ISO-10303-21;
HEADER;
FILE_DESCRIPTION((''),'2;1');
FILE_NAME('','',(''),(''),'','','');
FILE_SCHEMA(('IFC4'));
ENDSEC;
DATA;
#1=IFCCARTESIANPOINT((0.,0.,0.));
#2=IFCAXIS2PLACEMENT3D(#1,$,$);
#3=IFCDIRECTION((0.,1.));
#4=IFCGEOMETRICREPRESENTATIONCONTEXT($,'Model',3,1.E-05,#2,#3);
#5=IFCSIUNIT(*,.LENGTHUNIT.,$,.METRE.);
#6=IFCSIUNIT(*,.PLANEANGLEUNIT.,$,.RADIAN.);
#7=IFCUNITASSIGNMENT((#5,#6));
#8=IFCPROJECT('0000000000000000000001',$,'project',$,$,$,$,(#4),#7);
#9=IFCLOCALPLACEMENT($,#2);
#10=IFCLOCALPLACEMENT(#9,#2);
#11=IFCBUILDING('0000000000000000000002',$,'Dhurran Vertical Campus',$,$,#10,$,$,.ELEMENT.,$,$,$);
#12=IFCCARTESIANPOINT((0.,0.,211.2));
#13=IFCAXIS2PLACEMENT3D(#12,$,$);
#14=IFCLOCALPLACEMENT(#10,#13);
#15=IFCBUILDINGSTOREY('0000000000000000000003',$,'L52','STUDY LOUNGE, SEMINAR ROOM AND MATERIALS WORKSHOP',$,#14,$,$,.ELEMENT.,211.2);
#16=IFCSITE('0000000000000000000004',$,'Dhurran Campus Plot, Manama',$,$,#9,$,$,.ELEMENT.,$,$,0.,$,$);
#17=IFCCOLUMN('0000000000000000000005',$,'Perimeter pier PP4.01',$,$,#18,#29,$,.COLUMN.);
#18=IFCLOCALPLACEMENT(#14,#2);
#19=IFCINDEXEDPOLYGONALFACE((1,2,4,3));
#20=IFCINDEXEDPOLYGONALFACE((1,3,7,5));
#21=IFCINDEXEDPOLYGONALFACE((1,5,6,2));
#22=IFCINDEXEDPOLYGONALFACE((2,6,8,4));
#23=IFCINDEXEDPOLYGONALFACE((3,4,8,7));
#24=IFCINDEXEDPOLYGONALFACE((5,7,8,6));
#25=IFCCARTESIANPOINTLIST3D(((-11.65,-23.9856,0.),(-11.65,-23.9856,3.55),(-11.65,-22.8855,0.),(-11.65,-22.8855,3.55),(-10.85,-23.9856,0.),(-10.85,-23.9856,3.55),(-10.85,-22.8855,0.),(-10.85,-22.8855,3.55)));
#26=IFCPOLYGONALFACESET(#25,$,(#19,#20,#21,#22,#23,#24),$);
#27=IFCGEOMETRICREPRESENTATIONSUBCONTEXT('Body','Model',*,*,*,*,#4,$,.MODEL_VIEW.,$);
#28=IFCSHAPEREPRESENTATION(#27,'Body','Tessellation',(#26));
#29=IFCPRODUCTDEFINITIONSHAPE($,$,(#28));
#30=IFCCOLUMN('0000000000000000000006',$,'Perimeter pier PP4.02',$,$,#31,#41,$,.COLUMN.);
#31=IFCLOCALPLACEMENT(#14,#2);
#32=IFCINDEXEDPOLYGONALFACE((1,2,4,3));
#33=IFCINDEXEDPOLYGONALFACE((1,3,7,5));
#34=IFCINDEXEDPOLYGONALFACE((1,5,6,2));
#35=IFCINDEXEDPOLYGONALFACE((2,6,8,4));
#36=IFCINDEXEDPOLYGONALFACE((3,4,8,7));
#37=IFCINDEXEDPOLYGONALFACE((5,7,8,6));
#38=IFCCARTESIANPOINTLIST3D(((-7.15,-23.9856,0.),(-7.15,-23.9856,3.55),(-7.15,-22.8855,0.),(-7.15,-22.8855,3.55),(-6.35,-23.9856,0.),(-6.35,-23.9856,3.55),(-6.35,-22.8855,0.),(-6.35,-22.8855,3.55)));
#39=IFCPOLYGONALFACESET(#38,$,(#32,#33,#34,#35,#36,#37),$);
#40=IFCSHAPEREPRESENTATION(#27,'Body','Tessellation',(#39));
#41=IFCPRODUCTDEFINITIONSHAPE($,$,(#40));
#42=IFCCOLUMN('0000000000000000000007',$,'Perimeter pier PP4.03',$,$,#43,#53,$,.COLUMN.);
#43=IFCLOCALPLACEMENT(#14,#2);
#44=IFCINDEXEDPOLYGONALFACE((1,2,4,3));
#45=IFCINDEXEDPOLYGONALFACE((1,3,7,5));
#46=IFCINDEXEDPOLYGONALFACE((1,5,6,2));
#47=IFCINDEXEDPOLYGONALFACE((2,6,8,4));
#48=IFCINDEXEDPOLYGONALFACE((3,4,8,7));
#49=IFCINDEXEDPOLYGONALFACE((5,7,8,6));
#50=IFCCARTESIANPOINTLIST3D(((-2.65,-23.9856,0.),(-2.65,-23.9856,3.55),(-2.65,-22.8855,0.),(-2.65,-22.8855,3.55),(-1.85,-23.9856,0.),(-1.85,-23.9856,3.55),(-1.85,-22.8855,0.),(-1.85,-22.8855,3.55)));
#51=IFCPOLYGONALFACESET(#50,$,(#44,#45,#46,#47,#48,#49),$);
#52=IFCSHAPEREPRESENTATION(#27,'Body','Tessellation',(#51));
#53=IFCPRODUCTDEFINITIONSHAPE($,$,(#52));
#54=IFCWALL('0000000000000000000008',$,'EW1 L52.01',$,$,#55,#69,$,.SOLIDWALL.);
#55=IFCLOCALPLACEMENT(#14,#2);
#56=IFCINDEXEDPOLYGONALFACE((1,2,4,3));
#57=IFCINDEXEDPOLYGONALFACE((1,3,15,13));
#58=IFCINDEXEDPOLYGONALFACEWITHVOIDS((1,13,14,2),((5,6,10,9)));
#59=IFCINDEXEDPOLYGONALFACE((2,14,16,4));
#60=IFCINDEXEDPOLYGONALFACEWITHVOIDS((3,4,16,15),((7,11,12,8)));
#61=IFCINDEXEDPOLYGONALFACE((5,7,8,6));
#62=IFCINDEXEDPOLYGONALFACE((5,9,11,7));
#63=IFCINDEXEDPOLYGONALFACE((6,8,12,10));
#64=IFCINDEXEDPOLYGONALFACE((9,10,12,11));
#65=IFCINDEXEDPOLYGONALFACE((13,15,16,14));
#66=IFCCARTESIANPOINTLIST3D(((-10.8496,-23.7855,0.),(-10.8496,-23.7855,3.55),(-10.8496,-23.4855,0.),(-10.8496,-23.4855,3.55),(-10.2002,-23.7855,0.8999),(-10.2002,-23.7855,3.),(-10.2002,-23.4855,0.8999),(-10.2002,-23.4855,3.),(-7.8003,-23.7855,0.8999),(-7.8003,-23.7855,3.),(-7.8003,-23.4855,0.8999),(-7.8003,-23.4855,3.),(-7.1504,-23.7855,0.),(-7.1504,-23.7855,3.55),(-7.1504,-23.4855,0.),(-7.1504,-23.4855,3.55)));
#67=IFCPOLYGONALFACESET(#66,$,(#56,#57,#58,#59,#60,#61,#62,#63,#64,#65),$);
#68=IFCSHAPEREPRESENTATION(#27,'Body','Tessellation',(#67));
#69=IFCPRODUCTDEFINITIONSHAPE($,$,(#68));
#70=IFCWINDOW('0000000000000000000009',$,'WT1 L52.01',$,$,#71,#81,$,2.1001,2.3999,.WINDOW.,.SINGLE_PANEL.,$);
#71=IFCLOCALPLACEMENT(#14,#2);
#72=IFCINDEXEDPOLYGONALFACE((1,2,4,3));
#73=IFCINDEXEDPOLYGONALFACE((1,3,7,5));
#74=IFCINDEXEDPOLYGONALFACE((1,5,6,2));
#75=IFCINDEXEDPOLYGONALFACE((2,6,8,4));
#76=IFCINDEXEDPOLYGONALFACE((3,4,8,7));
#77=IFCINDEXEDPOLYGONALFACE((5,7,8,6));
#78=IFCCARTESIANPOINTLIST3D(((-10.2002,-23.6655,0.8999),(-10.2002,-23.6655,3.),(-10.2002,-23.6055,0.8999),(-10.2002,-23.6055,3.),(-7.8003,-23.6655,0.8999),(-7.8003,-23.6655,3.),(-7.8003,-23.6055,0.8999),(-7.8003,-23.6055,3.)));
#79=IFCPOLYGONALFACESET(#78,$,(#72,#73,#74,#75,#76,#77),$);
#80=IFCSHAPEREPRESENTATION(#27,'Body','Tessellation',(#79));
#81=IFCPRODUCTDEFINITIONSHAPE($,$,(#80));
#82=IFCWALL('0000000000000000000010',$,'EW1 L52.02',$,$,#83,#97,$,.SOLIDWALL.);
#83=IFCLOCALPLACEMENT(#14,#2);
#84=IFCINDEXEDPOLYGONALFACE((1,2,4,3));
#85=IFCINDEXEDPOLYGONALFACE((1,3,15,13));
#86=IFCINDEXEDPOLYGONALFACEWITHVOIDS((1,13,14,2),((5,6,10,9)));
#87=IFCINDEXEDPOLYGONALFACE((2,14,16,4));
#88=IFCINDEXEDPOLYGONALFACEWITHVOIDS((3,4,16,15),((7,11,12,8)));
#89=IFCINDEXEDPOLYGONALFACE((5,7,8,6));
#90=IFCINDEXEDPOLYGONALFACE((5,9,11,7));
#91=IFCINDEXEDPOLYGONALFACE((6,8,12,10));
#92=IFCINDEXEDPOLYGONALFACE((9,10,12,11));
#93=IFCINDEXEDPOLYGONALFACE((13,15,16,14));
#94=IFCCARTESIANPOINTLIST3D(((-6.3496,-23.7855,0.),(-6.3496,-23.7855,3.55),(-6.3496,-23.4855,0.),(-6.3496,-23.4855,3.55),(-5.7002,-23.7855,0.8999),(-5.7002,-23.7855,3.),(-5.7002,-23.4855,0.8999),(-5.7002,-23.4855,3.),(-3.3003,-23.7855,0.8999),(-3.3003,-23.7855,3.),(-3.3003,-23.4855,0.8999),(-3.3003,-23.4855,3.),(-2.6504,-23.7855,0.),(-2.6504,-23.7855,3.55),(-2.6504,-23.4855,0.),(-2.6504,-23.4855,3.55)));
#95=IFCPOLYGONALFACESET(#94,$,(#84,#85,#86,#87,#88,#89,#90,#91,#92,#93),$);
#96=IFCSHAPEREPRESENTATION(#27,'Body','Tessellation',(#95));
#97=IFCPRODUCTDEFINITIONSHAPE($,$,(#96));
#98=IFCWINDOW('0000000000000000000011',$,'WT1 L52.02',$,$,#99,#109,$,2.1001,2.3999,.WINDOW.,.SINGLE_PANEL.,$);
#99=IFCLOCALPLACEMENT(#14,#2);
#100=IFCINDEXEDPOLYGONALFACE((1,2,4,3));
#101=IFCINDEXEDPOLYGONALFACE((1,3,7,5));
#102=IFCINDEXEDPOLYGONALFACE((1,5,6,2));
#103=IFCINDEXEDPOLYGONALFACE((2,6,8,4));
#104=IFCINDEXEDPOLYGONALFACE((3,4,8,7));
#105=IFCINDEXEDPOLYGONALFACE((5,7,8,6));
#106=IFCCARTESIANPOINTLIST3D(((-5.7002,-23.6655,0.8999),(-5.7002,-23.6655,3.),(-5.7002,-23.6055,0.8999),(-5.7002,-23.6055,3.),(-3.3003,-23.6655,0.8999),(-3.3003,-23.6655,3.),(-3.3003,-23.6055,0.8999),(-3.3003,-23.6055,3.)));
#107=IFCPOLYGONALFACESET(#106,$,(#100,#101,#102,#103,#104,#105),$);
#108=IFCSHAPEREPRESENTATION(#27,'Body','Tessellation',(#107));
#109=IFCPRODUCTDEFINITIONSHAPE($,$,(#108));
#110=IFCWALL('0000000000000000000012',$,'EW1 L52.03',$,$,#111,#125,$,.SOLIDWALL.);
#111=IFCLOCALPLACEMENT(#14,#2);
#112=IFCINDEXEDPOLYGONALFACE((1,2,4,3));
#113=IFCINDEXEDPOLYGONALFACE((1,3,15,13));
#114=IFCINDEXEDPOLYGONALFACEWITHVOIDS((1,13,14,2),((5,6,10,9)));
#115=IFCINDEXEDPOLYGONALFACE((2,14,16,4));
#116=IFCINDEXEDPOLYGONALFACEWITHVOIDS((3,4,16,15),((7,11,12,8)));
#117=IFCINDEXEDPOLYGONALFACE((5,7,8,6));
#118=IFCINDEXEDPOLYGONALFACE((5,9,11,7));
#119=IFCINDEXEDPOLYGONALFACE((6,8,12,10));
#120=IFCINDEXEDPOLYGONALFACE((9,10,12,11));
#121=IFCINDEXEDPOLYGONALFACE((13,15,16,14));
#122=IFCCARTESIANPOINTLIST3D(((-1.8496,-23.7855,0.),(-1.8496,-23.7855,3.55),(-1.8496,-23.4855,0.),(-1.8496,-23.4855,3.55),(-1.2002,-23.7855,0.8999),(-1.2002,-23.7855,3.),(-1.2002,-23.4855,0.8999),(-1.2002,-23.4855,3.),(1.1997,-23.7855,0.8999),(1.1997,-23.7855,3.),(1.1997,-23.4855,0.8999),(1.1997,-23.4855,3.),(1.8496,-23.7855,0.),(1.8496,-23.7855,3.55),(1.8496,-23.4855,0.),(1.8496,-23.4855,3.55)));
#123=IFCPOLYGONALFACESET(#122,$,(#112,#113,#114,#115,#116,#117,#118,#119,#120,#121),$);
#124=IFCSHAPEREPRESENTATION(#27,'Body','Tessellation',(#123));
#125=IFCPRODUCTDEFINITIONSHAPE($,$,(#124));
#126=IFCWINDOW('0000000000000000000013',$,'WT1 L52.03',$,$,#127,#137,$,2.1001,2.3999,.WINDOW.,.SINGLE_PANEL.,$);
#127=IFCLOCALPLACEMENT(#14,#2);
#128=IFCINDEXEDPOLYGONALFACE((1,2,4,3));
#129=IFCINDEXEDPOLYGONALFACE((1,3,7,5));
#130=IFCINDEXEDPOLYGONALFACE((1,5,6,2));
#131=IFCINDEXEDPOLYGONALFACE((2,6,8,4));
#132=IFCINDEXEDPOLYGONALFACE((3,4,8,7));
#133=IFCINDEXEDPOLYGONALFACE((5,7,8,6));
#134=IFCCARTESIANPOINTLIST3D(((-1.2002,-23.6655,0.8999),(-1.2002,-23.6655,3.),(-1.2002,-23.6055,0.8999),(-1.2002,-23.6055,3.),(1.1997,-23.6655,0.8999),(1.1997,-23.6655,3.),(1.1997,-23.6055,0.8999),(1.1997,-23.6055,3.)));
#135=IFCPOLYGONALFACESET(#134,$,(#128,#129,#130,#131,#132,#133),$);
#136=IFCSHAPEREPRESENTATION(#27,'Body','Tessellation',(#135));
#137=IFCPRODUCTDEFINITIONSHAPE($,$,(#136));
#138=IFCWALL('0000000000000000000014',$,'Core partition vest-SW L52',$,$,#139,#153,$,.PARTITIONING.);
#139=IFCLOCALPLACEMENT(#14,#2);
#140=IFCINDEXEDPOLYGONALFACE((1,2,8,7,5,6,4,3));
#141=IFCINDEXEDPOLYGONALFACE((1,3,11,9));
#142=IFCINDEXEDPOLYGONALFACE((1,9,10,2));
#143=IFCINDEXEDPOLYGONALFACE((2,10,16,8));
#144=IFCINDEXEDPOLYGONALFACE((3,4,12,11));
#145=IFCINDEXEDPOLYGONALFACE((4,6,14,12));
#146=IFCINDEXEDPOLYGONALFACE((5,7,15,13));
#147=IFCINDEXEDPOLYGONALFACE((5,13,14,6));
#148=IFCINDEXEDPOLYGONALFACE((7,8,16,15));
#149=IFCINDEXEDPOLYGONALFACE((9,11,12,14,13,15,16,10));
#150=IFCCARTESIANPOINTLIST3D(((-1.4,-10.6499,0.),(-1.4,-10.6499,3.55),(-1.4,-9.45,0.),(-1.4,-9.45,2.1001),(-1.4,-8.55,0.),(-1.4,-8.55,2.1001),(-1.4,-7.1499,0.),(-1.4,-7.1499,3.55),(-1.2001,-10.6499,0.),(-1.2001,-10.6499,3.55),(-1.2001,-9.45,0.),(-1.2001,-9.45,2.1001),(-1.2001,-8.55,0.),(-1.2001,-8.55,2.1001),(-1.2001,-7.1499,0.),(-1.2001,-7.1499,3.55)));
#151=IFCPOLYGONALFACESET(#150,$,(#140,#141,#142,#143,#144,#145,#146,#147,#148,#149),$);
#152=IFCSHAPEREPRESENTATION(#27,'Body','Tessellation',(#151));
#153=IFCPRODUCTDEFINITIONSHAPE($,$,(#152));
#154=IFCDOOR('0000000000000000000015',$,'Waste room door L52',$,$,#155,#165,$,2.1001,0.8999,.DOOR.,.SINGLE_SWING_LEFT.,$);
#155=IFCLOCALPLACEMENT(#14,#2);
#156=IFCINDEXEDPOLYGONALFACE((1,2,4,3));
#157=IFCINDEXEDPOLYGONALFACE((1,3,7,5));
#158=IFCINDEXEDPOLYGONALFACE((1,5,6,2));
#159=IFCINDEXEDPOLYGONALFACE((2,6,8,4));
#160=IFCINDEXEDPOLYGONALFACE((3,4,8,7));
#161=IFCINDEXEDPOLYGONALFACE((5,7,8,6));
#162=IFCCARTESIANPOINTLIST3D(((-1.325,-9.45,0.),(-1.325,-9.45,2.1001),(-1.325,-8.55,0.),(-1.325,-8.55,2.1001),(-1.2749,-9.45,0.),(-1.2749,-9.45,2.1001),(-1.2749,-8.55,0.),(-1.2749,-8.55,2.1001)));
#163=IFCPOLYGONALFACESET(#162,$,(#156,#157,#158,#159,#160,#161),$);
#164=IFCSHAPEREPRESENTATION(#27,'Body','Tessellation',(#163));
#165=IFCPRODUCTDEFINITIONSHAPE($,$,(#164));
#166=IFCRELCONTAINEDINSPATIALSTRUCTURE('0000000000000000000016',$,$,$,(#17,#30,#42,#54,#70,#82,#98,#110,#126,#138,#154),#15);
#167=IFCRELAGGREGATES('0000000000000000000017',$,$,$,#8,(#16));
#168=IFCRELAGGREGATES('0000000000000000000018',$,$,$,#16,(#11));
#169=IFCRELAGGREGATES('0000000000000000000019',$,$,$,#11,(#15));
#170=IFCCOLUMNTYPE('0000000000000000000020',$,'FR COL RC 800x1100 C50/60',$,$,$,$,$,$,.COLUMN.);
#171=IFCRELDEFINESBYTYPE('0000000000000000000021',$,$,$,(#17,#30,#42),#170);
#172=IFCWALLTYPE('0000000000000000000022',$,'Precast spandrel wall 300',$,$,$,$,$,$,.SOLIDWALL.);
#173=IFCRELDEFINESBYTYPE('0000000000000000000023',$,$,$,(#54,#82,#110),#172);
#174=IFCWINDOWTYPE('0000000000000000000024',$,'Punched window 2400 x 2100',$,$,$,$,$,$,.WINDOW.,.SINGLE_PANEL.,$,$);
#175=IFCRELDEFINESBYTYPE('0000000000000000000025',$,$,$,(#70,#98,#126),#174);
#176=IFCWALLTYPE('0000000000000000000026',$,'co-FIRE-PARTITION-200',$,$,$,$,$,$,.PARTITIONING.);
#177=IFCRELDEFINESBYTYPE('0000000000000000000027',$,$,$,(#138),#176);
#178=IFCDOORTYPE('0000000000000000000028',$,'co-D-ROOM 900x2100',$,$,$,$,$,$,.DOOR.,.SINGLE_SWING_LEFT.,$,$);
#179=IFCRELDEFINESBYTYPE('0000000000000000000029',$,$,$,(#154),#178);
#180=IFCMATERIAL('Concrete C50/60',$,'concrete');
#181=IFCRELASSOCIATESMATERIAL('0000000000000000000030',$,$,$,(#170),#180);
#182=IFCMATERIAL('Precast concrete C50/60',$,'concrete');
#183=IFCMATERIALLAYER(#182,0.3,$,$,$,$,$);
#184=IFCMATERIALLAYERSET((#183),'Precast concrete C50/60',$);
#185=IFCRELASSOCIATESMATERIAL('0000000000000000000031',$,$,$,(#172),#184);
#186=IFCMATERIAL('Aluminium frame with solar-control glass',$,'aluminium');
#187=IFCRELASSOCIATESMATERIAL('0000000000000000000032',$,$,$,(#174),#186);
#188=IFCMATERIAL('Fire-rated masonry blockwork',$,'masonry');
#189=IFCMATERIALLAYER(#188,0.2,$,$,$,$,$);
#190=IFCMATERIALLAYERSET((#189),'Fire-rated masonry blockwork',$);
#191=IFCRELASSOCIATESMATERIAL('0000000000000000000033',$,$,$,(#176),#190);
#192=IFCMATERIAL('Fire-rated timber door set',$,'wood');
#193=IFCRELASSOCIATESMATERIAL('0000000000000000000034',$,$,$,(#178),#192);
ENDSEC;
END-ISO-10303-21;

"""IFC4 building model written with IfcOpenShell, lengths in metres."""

from ifc_helpers import new_model, si_unit, direction, frame, frame_2d, origin, origin_2d, place, context, subcontext, project, spatial, rectangle, extrude, material, layer, layer_set, material_profile, profile_set, type_object, element, fill, save


model = new_model("IFC4")

# Units and contexts
model_context = context("Model", 3, precision=1e-05, world=origin(), true_north=direction((0.0, 1.0)))
body_context = subcontext(model_context, "Body", "Model", "MODEL_VIEW")
ifc_project = project(units=[si_unit("LENGTHUNIT", "METRE"), si_unit("PLANEANGLEUNIT", "RADIAN")], contexts=[model_context])

# Site, building, storey
site_placement = place(None, origin())
site = spatial("IfcSite", under=ifc_project, at=site_placement, Name="Dhurran Campus Plot, Manama", CompositionType="ELEMENT", RefElevation=0.0)
building_placement = place(site_placement, origin())
building = spatial("IfcBuilding", under=site, at=building_placement, Name="Dhurran Vertical Campus", CompositionType="ELEMENT")
storey_placement = place(building_placement, frame((0.0, 0.0, 211.2)))
storey = spatial("IfcBuildingStorey", under=building, at=storey_placement, Name="L52", Description="STUDY LOUNGE, SEMINAR ROOM AND MATERIALS WORKSHOP", CompositionType="ELEMENT", Elevation=211.2)

# Columns
ifc_material_1 = material(Name="Concrete C50/60", Category="concrete")
ifc_material_profile = material_profile(ifc_material_1, rectangle(XDim=0.8, YDim=1.1001, at=origin_2d()), Name="RC 800x1100")
ifc_profile_set = profile_set([ifc_material_profile], Name="Concrete C50/60")
column_type = type_object("IfcColumnType", Name="FR COL RC 800x1100 C50/60", PredefinedType="COLUMN", material=ifc_profile_set)
for number, where, z_axis, x_axis, name in (
    (1, (-11.25, -23.4355, 0.0), (0.0, 0.0, 1.0), (1.0, 0.0, 0.0), "Perimeter pier PP4.01"),
    (2, (-6.75, -23.4355, 0.0), (0.0, 0.0, 1.0), (1.0, 0.0, 0.0), "Perimeter pier PP4.02"),
    (3, (-2.25, -23.4355, 0.0), (0.0, 0.0, 1.0), (1.0, 0.0, 0.0), "Perimeter pier PP4.03"),
):
    element("IfcColumn", number, at=place(storey_placement, frame(where, z_axis=z_axis, x_axis=x_axis)), inside=storey, type_object=column_type, Name=name, PredefinedType="COLUMN", context=body_context, shape_type="SweptSolid", body=[
        extrude(rectangle(XDim=0.8, YDim=1.1001, at=origin_2d()), origin(), (0.0, 0.0, 1.0), 3.55),
    ])

# Walls, openings, windows
ifc_material_2 = material(Name="Precast concrete C50/60", Category="concrete")
ifc_layer_1 = layer(ifc_material_2, 0.3)
ifc_layer_set_1 = layer_set([ifc_layer_1], Name="Precast concrete C50/60")
wall_type_1 = type_object("IfcWallType", Name="Precast spandrel wall 300", PredefinedType="SOLIDWALL", material=ifc_layer_set_1)
wall_1_placement = place(storey_placement, frame((-10.8496, -23.6355, 0.0), z_axis=(0.0, 0.0, 1.0), x_axis=(1.0, 0.0, 0.0)))
wall_1 = element("IfcWall", 4, at=wall_1_placement, inside=storey, type_object=wall_type_1, Name="EW1 L52.01", PredefinedType="SOLIDWALL", context=body_context, shape_type="SweptSolid", body=[
    extrude(rectangle(XDim=3.6992, YDim=0.3, at=frame_2d((1.8496, 0.0))), origin(), (0.0, 0.0, 1.0), 3.55),
])
opening_1_placement = place(wall_1_placement, frame((0.6494, 0.0, 0.8999)))
opening_1 = element("IfcOpeningElement", 5, at=opening_1_placement, cuts=wall_1, PredefinedType="OPENING", context=body_context, shape_type="SweptSolid", body=[
    extrude(rectangle(XDim=2.3999, YDim=2.1001, at=frame_2d((1.2, 1.05))), frame((0.0, 0.1599, 0.0), z_axis=(0.0, -1.0, 0.0), x_axis=(1.0, 0.0, 0.0)), (0.0, 0.0, 1.0), 0.3201),
])
ifc_material_3 = material(Name="Aluminium frame with solar-control glass", Category="aluminium")
window_type = type_object("IfcWindowType", Name="Punched window 2400 x 2100", PartitioningType="SINGLE_PANEL", PredefinedType="WINDOW", material=ifc_material_3)
window_1_placement = place(opening_1_placement, origin())
window_1 = element("IfcWindow", 6, at=window_1_placement, inside=storey, type_object=window_type, Name="WT1 L52.01", OverallHeight=2.1001, OverallWidth=2.3999, PartitioningType="SINGLE_PANEL", PredefinedType="WINDOW", context=body_context, shape_type="SweptSolid", body=[
    extrude(rectangle(XDim=2.3999, YDim=2.1001, at=frame_2d((1.2, 1.05))), frame((0.0, 0.03, 0.0), z_axis=(0.0, -1.0, 0.0), x_axis=(1.0, 0.0, 0.0)), (0.0, 0.0, 1.0), 0.0601),
])
fill(opening_1, window_1)
wall_2_placement = place(storey_placement, frame((-6.3496, -23.6355, 0.0), z_axis=(0.0, 0.0, 1.0), x_axis=(1.0, 0.0, 0.0)))
wall_2 = element("IfcWall", 7, at=wall_2_placement, inside=storey, type_object=wall_type_1, Name="EW1 L52.02", PredefinedType="SOLIDWALL", context=body_context, shape_type="SweptSolid", body=[
    extrude(rectangle(XDim=3.6992, YDim=0.3, at=frame_2d((1.8496, 0.0))), origin(), (0.0, 0.0, 1.0), 3.55),
])
opening_2_placement = place(wall_2_placement, frame((0.6494, 0.0, 0.8999)))
opening_2 = element("IfcOpeningElement", 8, at=opening_2_placement, cuts=wall_2, PredefinedType="OPENING", context=body_context, shape_type="SweptSolid", body=[
    extrude(rectangle(XDim=2.3999, YDim=2.1001, at=frame_2d((1.2, 1.05))), frame((0.0, 0.1599, 0.0), z_axis=(0.0, -1.0, 0.0), x_axis=(1.0, 0.0, 0.0)), (0.0, 0.0, 1.0), 0.3201),
])
window_2_placement = place(opening_2_placement, origin())
window_2 = element("IfcWindow", 9, at=window_2_placement, inside=storey, type_object=window_type, Name="WT1 L52.02", OverallHeight=2.1001, OverallWidth=2.3999, PartitioningType="SINGLE_PANEL", PredefinedType="WINDOW", context=body_context, shape_type="SweptSolid", body=[
    extrude(rectangle(XDim=2.3999, YDim=2.1001, at=frame_2d((1.2, 1.05))), frame((0.0, 0.03, 0.0), z_axis=(0.0, -1.0, 0.0), x_axis=(1.0, 0.0, 0.0)), (0.0, 0.0, 1.0), 0.0601),
])
fill(opening_2, window_2)
wall_3_placement = place(storey_placement, frame((-1.8496, -23.6355, 0.0), z_axis=(0.0, 0.0, 1.0), x_axis=(1.0, 0.0, 0.0)))
wall_3 = element("IfcWall", 10, at=wall_3_placement, inside=storey, type_object=wall_type_1, Name="EW1 L52.03", PredefinedType="SOLIDWALL", context=body_context, shape_type="SweptSolid", body=[
    extrude(rectangle(XDim=3.6992, YDim=0.3, at=frame_2d((1.8496, 0.0))), origin(), (0.0, 0.0, 1.0), 3.55),
])
opening_3_placement = place(wall_3_placement, frame((0.6494, 0.0, 0.8999)))
opening_3 = element("IfcOpeningElement", 11, at=opening_3_placement, cuts=wall_3, PredefinedType="OPENING", context=body_context, shape_type="SweptSolid", body=[
    extrude(rectangle(XDim=2.3999, YDim=2.1001, at=frame_2d((1.2, 1.05))), frame((0.0, 0.1599, 0.0), z_axis=(0.0, -1.0, 0.0), x_axis=(1.0, 0.0, 0.0)), (0.0, 0.0, 1.0), 0.3201),
])
window_3_placement = place(opening_3_placement, origin())
window_3 = element("IfcWindow", 12, at=window_3_placement, inside=storey, type_object=window_type, Name="WT1 L52.03", OverallHeight=2.1001, OverallWidth=2.3999, PartitioningType="SINGLE_PANEL", PredefinedType="WINDOW", context=body_context, shape_type="SweptSolid", body=[
    extrude(rectangle(XDim=2.3999, YDim=2.1001, at=frame_2d((1.2, 1.05))), frame((0.0, 0.03, 0.0), z_axis=(0.0, -1.0, 0.0), x_axis=(1.0, 0.0, 0.0)), (0.0, 0.0, 1.0), 0.0601),
])
fill(opening_3, window_3)

# Wall, opening, door
ifc_material_4 = material(Name="Fire-rated masonry blockwork", Category="masonry")
ifc_layer_2 = layer(ifc_material_4, 0.2)
ifc_layer_set_2 = layer_set([ifc_layer_2], Name="Fire-rated masonry blockwork")
wall_type_2 = type_object("IfcWallType", Name="co-FIRE-PARTITION-200", PredefinedType="PARTITIONING", material=ifc_layer_set_2)
wall_4_placement = place(storey_placement, frame((-1.3, -10.6499, 0.0), z_axis=(0.0, 0.0, 1.0), x_axis=(0.0, 1.0, 0.0)))
wall_4 = element("IfcWall", 13, at=wall_4_placement, inside=storey, type_object=wall_type_2, Name="Core partition vest-SW L52", PredefinedType="PARTITIONING", context=body_context, shape_type="SweptSolid", body=[
    extrude(rectangle(XDim=3.5, YDim=0.2, at=frame_2d((1.75, 0.0))), origin(), (0.0, 0.0, 1.0), 3.55),
])
opening_4_placement = place(wall_4_placement, frame((1.2, 0.0, 0.0)))
opening_4 = element("IfcOpeningElement", 14, at=opening_4_placement, cuts=wall_4, PredefinedType="OPENING", context=body_context, shape_type="SweptSolid", body=[
    extrude(rectangle(XDim=0.8999, YDim=2.1001, at=frame_2d((0.45, 1.05))), frame((0.0, 0.1099, 0.0), z_axis=(0.0, -1.0, 0.0), x_axis=(1.0, 0.0, 0.0)), (0.0, 0.0, 1.0), 0.22),
])
ifc_material_5 = material(Name="Fire-rated timber door set", Category="wood")
door_type = type_object("IfcDoorType", Name="co-D-ROOM 900x2100", OperationType="SINGLE_SWING_LEFT", PredefinedType="DOOR", material=ifc_material_5)
door_placement = place(opening_4_placement, origin())
door = element("IfcDoor", 15, at=door_placement, inside=storey, type_object=door_type, Name="Waste room door L52", OperationType="SINGLE_SWING_LEFT", OverallHeight=2.1001, OverallWidth=0.8999, PredefinedType="DOOR", context=body_context, shape_type="SweptSolid", body=[
    extrude(rectangle(XDim=0.8999, YDim=2.1001, at=frame_2d((0.45, 1.05))), frame((0.0, 0.0249, 0.0), z_axis=(0.0, -1.0, 0.0), x_axis=(1.0, 0.0, 0.0)), (0.0, 0.0, 1.0), 0.05),
])
fill(opening_4, door)

save(model, "model.ifc")
